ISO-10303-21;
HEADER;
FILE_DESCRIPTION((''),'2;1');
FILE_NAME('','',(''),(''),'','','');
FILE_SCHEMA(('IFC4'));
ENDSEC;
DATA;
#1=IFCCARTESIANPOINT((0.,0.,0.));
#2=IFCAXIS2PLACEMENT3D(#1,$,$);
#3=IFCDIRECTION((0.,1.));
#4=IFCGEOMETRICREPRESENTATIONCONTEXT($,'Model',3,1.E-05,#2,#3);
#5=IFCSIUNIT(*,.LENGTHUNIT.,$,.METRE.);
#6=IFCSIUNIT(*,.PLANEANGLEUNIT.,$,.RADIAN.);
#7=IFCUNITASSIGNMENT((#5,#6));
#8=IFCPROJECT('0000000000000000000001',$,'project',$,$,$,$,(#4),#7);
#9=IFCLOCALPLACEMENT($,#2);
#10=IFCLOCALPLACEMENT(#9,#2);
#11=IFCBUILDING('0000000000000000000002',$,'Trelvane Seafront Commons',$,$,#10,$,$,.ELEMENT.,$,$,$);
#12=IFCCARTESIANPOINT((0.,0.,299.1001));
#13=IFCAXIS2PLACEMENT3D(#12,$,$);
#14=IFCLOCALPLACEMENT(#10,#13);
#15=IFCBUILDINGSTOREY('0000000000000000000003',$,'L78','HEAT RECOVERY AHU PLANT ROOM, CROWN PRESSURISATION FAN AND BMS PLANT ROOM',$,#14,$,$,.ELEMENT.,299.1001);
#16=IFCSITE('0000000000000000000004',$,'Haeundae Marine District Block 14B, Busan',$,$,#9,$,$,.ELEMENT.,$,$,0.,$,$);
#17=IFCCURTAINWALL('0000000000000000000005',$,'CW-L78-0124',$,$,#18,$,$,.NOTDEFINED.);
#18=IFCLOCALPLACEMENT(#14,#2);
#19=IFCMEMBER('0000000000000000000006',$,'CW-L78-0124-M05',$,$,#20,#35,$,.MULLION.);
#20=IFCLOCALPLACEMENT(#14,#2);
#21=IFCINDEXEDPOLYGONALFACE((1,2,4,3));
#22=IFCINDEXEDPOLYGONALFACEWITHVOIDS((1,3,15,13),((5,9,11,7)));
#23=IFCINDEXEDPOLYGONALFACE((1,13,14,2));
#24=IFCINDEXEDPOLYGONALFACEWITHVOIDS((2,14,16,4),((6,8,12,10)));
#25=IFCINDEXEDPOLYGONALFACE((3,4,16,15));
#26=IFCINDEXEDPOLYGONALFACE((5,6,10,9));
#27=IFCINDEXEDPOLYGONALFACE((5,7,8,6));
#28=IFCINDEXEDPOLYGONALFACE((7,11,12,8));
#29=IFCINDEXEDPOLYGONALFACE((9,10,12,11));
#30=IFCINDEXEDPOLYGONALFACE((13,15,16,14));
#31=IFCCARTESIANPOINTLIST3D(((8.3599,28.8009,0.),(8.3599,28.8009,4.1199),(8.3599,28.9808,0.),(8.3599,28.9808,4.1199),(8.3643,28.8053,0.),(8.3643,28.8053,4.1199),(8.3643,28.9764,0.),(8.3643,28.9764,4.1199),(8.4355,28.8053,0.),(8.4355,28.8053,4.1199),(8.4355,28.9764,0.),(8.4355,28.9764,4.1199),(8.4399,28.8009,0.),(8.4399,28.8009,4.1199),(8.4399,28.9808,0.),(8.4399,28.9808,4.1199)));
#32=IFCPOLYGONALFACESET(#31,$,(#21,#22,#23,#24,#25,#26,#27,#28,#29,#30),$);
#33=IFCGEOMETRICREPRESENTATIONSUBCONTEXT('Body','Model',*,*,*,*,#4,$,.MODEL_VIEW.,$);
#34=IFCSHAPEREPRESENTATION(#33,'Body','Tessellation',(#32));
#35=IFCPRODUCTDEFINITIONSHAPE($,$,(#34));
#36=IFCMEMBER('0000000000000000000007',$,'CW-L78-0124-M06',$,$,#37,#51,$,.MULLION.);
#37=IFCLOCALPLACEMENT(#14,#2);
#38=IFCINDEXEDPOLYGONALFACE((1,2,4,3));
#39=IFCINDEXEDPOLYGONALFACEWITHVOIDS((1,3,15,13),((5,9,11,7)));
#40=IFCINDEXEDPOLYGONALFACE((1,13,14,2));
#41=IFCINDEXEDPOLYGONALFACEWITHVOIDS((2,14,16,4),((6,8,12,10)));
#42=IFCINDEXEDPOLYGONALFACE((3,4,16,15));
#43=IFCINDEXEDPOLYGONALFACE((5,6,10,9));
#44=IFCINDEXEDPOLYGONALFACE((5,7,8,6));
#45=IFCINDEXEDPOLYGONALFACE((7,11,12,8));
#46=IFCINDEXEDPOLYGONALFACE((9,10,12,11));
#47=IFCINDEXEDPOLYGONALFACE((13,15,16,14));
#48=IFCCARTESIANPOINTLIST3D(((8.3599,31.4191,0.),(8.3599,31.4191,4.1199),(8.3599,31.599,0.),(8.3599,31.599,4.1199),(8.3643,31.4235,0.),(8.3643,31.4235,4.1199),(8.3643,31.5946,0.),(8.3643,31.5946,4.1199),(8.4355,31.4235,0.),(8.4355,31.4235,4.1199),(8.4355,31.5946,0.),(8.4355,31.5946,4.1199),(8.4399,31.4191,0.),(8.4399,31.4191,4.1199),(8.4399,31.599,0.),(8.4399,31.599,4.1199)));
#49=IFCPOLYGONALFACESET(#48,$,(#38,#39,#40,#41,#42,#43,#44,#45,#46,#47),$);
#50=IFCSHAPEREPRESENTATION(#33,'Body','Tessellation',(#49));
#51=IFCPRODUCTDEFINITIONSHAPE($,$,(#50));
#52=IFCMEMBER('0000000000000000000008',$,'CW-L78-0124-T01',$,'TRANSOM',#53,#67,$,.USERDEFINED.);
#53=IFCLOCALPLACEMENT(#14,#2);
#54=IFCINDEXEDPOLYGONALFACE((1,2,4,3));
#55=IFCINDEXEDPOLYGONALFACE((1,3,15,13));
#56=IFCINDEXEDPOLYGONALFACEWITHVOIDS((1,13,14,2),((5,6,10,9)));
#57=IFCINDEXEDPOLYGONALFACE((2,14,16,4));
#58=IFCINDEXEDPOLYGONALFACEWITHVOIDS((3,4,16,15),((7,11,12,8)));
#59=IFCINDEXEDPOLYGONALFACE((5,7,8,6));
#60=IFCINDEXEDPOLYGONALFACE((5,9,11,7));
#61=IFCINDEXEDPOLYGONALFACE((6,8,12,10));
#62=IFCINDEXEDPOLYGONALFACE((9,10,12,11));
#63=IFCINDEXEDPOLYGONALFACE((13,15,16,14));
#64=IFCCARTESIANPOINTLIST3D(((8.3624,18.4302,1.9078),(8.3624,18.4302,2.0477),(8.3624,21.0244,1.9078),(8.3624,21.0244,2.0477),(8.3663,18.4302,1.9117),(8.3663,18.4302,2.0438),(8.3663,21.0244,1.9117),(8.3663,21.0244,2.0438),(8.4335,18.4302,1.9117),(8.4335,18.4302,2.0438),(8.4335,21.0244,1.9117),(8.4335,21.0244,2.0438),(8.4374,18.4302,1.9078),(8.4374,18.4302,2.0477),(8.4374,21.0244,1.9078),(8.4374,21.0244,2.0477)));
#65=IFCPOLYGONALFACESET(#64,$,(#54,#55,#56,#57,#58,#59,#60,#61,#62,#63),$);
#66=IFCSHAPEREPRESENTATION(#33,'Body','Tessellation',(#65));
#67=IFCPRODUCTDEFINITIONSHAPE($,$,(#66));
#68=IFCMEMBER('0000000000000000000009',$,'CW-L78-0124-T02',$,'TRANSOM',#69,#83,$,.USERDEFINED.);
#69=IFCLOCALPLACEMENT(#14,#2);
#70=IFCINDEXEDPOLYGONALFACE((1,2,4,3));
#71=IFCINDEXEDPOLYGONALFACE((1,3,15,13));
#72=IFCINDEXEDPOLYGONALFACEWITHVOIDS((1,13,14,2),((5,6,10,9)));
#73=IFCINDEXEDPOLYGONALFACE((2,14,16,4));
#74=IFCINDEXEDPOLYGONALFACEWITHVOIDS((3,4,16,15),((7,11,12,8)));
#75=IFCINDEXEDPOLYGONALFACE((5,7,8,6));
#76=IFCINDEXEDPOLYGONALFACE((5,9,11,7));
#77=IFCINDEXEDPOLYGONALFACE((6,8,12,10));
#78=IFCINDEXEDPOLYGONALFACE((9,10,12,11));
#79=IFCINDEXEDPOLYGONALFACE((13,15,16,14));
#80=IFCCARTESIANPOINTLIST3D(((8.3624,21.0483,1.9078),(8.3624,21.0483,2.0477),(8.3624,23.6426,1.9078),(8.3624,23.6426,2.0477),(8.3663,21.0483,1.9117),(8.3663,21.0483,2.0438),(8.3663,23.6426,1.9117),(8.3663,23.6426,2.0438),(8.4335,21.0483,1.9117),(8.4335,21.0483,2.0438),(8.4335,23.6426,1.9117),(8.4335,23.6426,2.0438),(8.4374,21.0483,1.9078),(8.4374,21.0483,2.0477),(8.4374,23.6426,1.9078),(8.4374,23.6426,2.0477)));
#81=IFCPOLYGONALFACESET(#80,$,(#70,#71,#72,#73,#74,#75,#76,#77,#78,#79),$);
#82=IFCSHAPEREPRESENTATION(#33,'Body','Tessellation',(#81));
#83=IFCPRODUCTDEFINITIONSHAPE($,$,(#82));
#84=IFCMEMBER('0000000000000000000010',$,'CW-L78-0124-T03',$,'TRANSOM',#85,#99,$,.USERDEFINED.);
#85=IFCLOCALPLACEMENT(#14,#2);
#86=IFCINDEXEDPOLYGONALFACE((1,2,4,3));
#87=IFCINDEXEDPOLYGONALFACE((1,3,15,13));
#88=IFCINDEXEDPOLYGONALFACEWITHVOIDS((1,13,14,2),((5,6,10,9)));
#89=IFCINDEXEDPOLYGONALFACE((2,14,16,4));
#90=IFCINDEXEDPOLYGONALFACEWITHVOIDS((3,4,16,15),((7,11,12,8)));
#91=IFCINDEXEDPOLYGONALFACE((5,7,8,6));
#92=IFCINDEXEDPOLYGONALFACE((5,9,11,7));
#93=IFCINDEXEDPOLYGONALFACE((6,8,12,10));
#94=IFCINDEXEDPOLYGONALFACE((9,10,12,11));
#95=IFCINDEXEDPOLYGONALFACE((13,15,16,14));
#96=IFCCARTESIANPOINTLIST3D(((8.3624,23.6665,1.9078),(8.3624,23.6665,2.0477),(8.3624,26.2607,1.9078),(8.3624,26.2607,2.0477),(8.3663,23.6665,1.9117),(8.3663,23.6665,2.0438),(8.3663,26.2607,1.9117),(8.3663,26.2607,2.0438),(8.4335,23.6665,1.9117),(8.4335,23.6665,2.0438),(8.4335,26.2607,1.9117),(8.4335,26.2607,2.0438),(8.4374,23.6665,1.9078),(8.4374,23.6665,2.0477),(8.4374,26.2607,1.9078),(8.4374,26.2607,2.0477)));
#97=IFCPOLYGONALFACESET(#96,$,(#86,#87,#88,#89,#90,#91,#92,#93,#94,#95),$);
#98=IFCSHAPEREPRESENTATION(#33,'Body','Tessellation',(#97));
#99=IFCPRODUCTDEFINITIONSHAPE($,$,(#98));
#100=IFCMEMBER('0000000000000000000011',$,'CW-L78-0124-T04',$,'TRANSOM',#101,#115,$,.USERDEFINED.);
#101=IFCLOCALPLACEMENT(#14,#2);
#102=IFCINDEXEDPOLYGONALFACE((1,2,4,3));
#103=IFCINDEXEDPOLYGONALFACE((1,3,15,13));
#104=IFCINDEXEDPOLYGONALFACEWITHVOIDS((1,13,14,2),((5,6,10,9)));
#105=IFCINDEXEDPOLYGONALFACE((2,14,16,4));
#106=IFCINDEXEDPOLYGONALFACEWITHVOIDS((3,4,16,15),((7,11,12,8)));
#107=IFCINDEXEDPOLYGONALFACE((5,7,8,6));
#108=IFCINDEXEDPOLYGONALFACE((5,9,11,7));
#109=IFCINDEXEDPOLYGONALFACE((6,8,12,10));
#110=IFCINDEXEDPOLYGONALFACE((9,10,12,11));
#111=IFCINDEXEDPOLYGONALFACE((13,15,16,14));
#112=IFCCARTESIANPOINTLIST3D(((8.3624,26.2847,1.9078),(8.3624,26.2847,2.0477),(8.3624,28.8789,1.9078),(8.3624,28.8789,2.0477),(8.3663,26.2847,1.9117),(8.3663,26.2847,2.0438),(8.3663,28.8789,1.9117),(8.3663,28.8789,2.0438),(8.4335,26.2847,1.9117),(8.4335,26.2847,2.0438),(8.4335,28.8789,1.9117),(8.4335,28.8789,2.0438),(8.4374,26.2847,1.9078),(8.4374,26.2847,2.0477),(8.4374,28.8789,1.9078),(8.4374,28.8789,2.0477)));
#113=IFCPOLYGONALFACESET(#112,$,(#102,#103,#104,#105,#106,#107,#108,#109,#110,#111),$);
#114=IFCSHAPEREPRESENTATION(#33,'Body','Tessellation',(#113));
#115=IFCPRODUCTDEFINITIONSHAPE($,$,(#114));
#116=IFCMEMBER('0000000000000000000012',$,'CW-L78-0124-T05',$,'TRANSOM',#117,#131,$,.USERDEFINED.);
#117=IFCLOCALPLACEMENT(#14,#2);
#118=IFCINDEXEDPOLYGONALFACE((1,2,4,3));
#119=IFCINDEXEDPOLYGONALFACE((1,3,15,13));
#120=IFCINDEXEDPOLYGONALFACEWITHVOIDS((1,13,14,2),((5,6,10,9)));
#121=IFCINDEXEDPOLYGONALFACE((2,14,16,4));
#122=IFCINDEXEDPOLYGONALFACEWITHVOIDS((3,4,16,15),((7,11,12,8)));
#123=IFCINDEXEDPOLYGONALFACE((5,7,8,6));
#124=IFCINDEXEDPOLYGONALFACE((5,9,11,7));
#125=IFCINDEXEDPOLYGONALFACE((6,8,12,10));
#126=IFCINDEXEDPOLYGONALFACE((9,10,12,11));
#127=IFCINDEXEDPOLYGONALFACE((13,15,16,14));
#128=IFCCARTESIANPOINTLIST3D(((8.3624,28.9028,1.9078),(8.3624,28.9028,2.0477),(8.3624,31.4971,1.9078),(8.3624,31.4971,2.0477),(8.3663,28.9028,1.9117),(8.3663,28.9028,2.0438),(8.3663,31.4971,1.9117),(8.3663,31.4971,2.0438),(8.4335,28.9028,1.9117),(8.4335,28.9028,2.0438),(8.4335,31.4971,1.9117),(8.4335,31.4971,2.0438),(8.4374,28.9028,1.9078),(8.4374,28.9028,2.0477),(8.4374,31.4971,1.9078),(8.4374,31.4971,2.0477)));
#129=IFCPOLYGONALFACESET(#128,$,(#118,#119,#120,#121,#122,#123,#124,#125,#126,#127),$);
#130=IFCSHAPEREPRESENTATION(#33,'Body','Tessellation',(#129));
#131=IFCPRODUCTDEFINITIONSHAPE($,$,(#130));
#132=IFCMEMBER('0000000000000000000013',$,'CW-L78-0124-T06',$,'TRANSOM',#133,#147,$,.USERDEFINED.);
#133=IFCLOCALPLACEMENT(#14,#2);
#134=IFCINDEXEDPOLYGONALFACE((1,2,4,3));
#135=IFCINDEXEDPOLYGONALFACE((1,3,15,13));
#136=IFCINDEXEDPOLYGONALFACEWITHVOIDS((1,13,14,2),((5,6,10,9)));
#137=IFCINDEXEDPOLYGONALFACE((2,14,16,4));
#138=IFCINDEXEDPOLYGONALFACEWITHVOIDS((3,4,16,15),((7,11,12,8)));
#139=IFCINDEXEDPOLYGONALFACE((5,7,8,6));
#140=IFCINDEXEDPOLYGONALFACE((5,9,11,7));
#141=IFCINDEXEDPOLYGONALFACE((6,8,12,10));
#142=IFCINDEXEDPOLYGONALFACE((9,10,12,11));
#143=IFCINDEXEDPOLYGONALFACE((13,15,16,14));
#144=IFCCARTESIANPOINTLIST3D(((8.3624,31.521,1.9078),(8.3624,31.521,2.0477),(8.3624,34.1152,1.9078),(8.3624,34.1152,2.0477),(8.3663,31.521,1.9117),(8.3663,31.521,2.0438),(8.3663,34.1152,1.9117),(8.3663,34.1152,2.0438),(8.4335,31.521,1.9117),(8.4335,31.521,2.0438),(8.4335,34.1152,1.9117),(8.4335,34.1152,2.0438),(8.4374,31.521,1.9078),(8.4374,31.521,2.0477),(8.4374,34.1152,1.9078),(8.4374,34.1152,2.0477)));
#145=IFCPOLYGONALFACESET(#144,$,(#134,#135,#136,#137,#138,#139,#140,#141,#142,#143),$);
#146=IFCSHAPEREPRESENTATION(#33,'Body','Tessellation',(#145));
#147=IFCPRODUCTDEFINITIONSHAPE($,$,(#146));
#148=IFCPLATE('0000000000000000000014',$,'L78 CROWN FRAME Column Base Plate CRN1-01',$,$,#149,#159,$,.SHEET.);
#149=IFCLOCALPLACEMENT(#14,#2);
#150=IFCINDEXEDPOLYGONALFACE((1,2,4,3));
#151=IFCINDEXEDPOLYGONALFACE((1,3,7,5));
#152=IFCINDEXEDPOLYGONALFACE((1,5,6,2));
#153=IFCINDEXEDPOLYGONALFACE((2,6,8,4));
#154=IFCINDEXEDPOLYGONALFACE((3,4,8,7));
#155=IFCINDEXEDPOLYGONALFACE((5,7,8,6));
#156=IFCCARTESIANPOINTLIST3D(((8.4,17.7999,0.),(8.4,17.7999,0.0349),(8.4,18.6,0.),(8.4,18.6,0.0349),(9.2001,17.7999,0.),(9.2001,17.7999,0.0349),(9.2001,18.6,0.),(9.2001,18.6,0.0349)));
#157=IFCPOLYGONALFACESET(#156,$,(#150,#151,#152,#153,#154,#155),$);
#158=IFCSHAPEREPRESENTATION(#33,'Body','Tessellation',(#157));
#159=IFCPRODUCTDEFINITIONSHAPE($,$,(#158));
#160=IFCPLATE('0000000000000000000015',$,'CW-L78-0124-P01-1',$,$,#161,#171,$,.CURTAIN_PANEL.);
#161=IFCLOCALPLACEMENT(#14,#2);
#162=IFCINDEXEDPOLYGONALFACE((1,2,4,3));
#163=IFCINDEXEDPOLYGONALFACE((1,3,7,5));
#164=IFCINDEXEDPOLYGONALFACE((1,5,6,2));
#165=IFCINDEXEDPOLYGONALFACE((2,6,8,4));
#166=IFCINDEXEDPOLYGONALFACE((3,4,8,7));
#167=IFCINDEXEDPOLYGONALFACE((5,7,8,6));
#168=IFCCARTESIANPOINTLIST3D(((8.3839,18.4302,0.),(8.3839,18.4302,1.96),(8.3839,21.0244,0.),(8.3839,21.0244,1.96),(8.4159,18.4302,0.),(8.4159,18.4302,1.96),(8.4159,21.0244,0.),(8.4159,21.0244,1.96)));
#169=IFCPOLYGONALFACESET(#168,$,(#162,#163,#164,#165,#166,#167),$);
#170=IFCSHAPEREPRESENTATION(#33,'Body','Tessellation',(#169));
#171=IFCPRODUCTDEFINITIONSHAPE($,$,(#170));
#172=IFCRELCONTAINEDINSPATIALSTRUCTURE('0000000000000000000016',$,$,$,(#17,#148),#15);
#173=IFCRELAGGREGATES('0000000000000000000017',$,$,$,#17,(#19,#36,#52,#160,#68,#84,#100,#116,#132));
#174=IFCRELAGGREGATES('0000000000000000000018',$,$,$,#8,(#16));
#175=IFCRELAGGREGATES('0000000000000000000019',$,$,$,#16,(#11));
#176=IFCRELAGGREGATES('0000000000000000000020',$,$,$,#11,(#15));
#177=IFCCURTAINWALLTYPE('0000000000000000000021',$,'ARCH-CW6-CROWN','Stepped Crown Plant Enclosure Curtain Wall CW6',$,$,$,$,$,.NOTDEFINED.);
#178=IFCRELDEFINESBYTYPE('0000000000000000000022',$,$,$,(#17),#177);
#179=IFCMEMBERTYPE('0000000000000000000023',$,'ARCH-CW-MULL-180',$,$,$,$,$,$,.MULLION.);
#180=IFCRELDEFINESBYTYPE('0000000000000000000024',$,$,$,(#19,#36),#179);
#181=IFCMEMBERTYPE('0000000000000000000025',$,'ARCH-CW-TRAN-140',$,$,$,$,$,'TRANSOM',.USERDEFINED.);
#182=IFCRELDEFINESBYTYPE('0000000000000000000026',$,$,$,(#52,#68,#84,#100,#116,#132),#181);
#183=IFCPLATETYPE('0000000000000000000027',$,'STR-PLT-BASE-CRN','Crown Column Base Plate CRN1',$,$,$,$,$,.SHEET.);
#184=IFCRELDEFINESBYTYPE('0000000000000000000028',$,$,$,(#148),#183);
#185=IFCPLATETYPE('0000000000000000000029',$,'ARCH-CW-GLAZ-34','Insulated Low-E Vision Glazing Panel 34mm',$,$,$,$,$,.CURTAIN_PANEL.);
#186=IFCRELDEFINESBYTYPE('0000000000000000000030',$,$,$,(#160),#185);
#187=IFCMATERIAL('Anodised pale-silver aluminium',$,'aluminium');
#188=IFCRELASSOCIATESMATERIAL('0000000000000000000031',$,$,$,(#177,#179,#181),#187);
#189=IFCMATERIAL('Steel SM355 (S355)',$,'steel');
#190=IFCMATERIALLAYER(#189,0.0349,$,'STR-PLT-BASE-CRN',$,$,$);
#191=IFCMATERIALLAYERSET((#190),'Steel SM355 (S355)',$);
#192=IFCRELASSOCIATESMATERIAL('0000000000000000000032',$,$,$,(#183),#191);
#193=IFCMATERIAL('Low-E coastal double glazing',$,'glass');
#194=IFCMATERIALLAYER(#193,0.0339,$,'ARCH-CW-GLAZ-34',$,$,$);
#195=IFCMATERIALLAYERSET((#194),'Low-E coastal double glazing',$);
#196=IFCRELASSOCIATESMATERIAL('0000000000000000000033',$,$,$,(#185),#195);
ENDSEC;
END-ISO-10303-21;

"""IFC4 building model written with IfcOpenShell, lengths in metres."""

from ifc_helpers import new_model, si_unit, direction, frame, origin, origin_2d, place, context, subcontext, project, spatial, rectangle, hollow_rectangle, extrude, source, transform, mapped, material, layer, layer_set, material_profile, profile_set, type_object, element, aggregate, save


model = new_model("IFC4")

# Units and contexts
model_context = context("Model", 3, precision=1e-05, world=origin(), true_north=direction((0.0, 1.0)))
body_context = subcontext(model_context, "Body", "Model", "MODEL_VIEW")
ifc_project = project(units=[si_unit("LENGTHUNIT", "METRE"), si_unit("PLANEANGLEUNIT", "RADIAN")], contexts=[model_context])

# Site, building, storey
site_placement = place(None, origin())
site = spatial("IfcSite", under=ifc_project, at=site_placement, Name="Haeundae Marine District Block 14B, Busan", CompositionType="ELEMENT", RefElevation=0.0)
building_placement = place(site_placement, origin())
building = spatial("IfcBuilding", under=site, at=building_placement, Name="Trelvane Seafront Commons", CompositionType="ELEMENT")
storey_placement = place(building_placement, frame((0.0, 0.0, 299.1001)))
storey = spatial("IfcBuildingStorey", under=building, at=storey_placement, Name="L78", Description="HEAT RECOVERY AHU PLANT ROOM, CROWN PRESSURISATION FAN AND BMS PLANT ROOM", CompositionType="ELEMENT", Elevation=299.1001)

# Shared definitions
ifc_material_1 = material(Name="Steel SM355 (S355)", Category="steel")

# Curtain wall, members
ifc_material_2 = material(Name="Anodised pale-silver aluminium", Category="aluminium")
curtain_wall_type = type_object("IfcCurtainWallType", Name="ARCH-CW6-CROWN", Description="Stepped Crown Plant Enclosure Curtain Wall CW6", PredefinedType="NOTDEFINED", material=ifc_material_2)
curtain_wall_placement = place(storey_placement, origin())
curtain_wall = element("IfcCurtainWall", 1, at=curtain_wall_placement, inside=storey, type_object=curtain_wall_type, Name="CW-L78-0124", PredefinedType="NOTDEFINED")
ifc_material_profile_1 = material_profile(ifc_material_2, hollow_rectangle(XDim=0.0801, YDim=0.1799, WallThickness=0.0044, at=origin_2d()), Name="MULL-80x180x4.5")
ifc_profile_set_1 = profile_set([ifc_material_profile_1], Name="Anodised pale-silver aluminium")
member_type_1 = type_object("IfcMemberType", Name="ARCH-CW-MULL-180", PredefinedType="MULLION", material=ifc_profile_set_1)
shared_shape_1 = source(origin(), body_context, "Body", "SweptSolid", [
    extrude(hollow_rectangle(XDim=0.0801, YDim=0.1799, WallThickness=0.0044, at=origin_2d()), origin(), (0.0, 0.0, 1.0), 4.1199),
])
member_1_placement = place(storey_placement, frame((8.3999, 28.8909, 0.0), z_axis=(0.0, 0.0, 1.0), x_axis=(1.0, 0.0, 0.0)))
member_1 = element("IfcMember", 2, at=member_1_placement, type_object=member_type_1, Name="CW-L78-0124-M05", PredefinedType="MULLION", context=body_context, shape_type="MappedRepresentation", body=[
    mapped(shared_shape_1, transform((0.0, 0.0, 0.0), x_axis=(1.0, 0.0, 0.0), y_axis=(0.0, 1.0, 0.0), z_axis=(0.0, 0.0, 1.0), scale=1.0)),
])
member_2_placement = place(storey_placement, frame((8.3999, 31.509, 0.0), z_axis=(0.0, 0.0, 1.0), x_axis=(1.0, 0.0, 0.0)))
member_2 = element("IfcMember", 3, at=member_2_placement, type_object=member_type_1, Name="CW-L78-0124-M06", PredefinedType="MULLION", context=body_context, shape_type="MappedRepresentation", body=[
    mapped(shared_shape_1, transform((0.0, 0.0, 0.0), x_axis=(1.0, 0.0, 0.0), y_axis=(0.0, 1.0, 0.0), z_axis=(0.0, 0.0, 1.0), scale=1.0)),
])
ifc_material_profile_2 = material_profile(ifc_material_2, hollow_rectangle(XDim=0.075, YDim=0.1399, WallThickness=0.0039, at=origin_2d()), Name="TRAN-75x140x4")
ifc_profile_set_2 = profile_set([ifc_material_profile_2], Name="Anodised pale-silver aluminium")
member_type_2 = type_object("IfcMemberType", Name="ARCH-CW-TRAN-140", ElementType="TRANSOM", PredefinedType="USERDEFINED", material=ifc_profile_set_2)
shared_shape_2 = source(origin(), body_context, "Body", "SweptSolid", [
    extrude(hollow_rectangle(XDim=0.075, YDim=0.1399, WallThickness=0.0039, at=origin_2d()), origin(), (0.0, 0.0, 1.0), 2.5942),
])
member_3_placement = place(storey_placement, frame((8.3999, 18.4302, 1.9778), z_axis=(0.0, 1.0, 0.0), x_axis=(-1.0, 0.0, 0.0)))
member_3 = element("IfcMember", 4, at=member_3_placement, type_object=member_type_2, Name="CW-L78-0124-T01", ObjectType="TRANSOM", PredefinedType="USERDEFINED", context=body_context, shape_type="MappedRepresentation", body=[
    mapped(shared_shape_2, transform((0.0, 0.0, 0.0), x_axis=(1.0, 0.0, 0.0), y_axis=(0.0, 1.0, 0.0), z_axis=(0.0, 0.0, 1.0), scale=1.0)),
])
member_4_placement = place(storey_placement, frame((8.3999, 21.0483, 1.9778), z_axis=(0.0, 1.0, 0.0), x_axis=(-1.0, 0.0, 0.0)))
member_4 = element("IfcMember", 5, at=member_4_placement, type_object=member_type_2, Name="CW-L78-0124-T02", ObjectType="TRANSOM", PredefinedType="USERDEFINED", context=body_context, shape_type="MappedRepresentation", body=[
    mapped(shared_shape_2, transform((0.0, 0.0, 0.0), x_axis=(1.0, 0.0, 0.0), y_axis=(0.0, 1.0, 0.0), z_axis=(0.0, 0.0, 1.0), scale=1.0)),
])
member_5_placement = place(storey_placement, frame((8.3999, 23.6665, 1.9778), z_axis=(0.0, 1.0, 0.0), x_axis=(-1.0, 0.0, 0.0)))
member_5 = element("IfcMember", 6, at=member_5_placement, type_object=member_type_2, Name="CW-L78-0124-T03", ObjectType="TRANSOM", PredefinedType="USERDEFINED", context=body_context, shape_type="MappedRepresentation", body=[
    mapped(shared_shape_2, transform((0.0, 0.0, 0.0), x_axis=(1.0, 0.0, 0.0), y_axis=(0.0, 1.0, 0.0), z_axis=(0.0, 0.0, 1.0), scale=1.0)),
])
member_6_placement = place(storey_placement, frame((8.3999, 26.2847, 1.9778), z_axis=(0.0, 1.0, 0.0), x_axis=(-1.0, 0.0, 0.0)))
member_6 = element("IfcMember", 7, at=member_6_placement, type_object=member_type_2, Name="CW-L78-0124-T04", ObjectType="TRANSOM", PredefinedType="USERDEFINED", context=body_context, shape_type="MappedRepresentation", body=[
    mapped(shared_shape_2, transform((0.0, 0.0, 0.0), x_axis=(1.0, 0.0, 0.0), y_axis=(0.0, 1.0, 0.0), z_axis=(0.0, 0.0, 1.0), scale=1.0)),
])
member_7_placement = place(storey_placement, frame((8.3999, 28.9028, 1.9778), z_axis=(0.0, 1.0, 0.0), x_axis=(-1.0, 0.0, 0.0)))
member_7 = element("IfcMember", 8, at=member_7_placement, type_object=member_type_2, Name="CW-L78-0124-T05", ObjectType="TRANSOM", PredefinedType="USERDEFINED", context=body_context, shape_type="MappedRepresentation", body=[
    mapped(shared_shape_2, transform((0.0, 0.0, 0.0), x_axis=(1.0, 0.0, 0.0), y_axis=(0.0, 1.0, 0.0), z_axis=(0.0, 0.0, 1.0), scale=1.0)),
])
member_8_placement = place(storey_placement, frame((8.3999, 31.521, 1.9778), z_axis=(0.0, 1.0, 0.0), x_axis=(-1.0, 0.0, 0.0)))
member_8 = element("IfcMember", 9, at=member_8_placement, type_object=member_type_2, Name="CW-L78-0124-T06", ObjectType="TRANSOM", PredefinedType="USERDEFINED", context=body_context, shape_type="MappedRepresentation", body=[
    mapped(shared_shape_2, transform((0.0, 0.0, 0.0), x_axis=(1.0, 0.0, 0.0), y_axis=(0.0, 1.0, 0.0), z_axis=(0.0, 0.0, 1.0), scale=1.0)),
])

# Plates
ifc_layer_1 = layer(ifc_material_1, 0.0349, Name="STR-PLT-BASE-CRN")
ifc_layer_set_1 = layer_set([ifc_layer_1], Name="Steel SM355 (S355)")
plate_type_1 = type_object("IfcPlateType", Name="STR-PLT-BASE-CRN", Description="Crown Column Base Plate CRN1", PredefinedType="SHEET", material=ifc_layer_set_1)
shared_shape_3 = source(origin(), body_context, "Body", "SweptSolid", [
    extrude(rectangle(XDim=0.8, YDim=0.8, at=origin_2d()), origin(), (0.0, 0.0, 1.0), 0.0349),
])
plate_1_placement = place(storey_placement, frame((8.8, 18.2, 0.0), z_axis=(0.0, 0.0, 1.0), x_axis=(1.0, 0.0, 0.0)))
element("IfcPlate", 10, at=plate_1_placement, inside=storey, type_object=plate_type_1, Name="L78 CROWN FRAME Column Base Plate CRN1-01", PredefinedType="SHEET", context=body_context, shape_type="MappedRepresentation", body=[
    mapped(shared_shape_3, transform((0.0, 0.0, 0.0), x_axis=(1.0, 0.0, 0.0), y_axis=(0.0, 1.0, 0.0), z_axis=(0.0, 0.0, 1.0), scale=1.0)),
])
ifc_material_3 = material(Name="Low-E coastal double glazing", Category="glass")
ifc_layer_2 = layer(ifc_material_3, 0.0339, Name="ARCH-CW-GLAZ-34")
ifc_layer_set_2 = layer_set([ifc_layer_2], Name="Low-E coastal double glazing")
plate_type_2 = type_object("IfcPlateType", Name="ARCH-CW-GLAZ-34", Description="Insulated Low-E Vision Glazing Panel 34mm", PredefinedType="CURTAIN_PANEL", material=ifc_layer_set_2)
shared_shape_4 = source(origin(), body_context, "Body", "SweptSolid", [
    extrude(rectangle(XDim=2.5942, YDim=0.032, at=origin_2d()), origin(), (0.0, 0.0, 1.0), 1.96),
])
plate_2_placement = place(storey_placement, frame((8.3999, 19.7273, 0.0), z_axis=(0.0, 0.0, 1.0), x_axis=(0.0, 1.0, 0.0)))
plate_2 = element("IfcPlate", 11, at=plate_2_placement, type_object=plate_type_2, Name="CW-L78-0124-P01-1", PredefinedType="CURTAIN_PANEL", context=body_context, shape_type="MappedRepresentation", body=[
    mapped(shared_shape_4, transform((0.0, 0.0, 0.0), x_axis=(1.0, 0.0, 0.0), y_axis=(0.0, 1.0, 0.0), z_axis=(0.0, 0.0, 1.0), scale=1.0)),
])
aggregate(curtain_wall, [member_1, member_2, member_3, plate_2, member_4, member_5, member_6, member_7, member_8])

save(model, "model.ifc")
